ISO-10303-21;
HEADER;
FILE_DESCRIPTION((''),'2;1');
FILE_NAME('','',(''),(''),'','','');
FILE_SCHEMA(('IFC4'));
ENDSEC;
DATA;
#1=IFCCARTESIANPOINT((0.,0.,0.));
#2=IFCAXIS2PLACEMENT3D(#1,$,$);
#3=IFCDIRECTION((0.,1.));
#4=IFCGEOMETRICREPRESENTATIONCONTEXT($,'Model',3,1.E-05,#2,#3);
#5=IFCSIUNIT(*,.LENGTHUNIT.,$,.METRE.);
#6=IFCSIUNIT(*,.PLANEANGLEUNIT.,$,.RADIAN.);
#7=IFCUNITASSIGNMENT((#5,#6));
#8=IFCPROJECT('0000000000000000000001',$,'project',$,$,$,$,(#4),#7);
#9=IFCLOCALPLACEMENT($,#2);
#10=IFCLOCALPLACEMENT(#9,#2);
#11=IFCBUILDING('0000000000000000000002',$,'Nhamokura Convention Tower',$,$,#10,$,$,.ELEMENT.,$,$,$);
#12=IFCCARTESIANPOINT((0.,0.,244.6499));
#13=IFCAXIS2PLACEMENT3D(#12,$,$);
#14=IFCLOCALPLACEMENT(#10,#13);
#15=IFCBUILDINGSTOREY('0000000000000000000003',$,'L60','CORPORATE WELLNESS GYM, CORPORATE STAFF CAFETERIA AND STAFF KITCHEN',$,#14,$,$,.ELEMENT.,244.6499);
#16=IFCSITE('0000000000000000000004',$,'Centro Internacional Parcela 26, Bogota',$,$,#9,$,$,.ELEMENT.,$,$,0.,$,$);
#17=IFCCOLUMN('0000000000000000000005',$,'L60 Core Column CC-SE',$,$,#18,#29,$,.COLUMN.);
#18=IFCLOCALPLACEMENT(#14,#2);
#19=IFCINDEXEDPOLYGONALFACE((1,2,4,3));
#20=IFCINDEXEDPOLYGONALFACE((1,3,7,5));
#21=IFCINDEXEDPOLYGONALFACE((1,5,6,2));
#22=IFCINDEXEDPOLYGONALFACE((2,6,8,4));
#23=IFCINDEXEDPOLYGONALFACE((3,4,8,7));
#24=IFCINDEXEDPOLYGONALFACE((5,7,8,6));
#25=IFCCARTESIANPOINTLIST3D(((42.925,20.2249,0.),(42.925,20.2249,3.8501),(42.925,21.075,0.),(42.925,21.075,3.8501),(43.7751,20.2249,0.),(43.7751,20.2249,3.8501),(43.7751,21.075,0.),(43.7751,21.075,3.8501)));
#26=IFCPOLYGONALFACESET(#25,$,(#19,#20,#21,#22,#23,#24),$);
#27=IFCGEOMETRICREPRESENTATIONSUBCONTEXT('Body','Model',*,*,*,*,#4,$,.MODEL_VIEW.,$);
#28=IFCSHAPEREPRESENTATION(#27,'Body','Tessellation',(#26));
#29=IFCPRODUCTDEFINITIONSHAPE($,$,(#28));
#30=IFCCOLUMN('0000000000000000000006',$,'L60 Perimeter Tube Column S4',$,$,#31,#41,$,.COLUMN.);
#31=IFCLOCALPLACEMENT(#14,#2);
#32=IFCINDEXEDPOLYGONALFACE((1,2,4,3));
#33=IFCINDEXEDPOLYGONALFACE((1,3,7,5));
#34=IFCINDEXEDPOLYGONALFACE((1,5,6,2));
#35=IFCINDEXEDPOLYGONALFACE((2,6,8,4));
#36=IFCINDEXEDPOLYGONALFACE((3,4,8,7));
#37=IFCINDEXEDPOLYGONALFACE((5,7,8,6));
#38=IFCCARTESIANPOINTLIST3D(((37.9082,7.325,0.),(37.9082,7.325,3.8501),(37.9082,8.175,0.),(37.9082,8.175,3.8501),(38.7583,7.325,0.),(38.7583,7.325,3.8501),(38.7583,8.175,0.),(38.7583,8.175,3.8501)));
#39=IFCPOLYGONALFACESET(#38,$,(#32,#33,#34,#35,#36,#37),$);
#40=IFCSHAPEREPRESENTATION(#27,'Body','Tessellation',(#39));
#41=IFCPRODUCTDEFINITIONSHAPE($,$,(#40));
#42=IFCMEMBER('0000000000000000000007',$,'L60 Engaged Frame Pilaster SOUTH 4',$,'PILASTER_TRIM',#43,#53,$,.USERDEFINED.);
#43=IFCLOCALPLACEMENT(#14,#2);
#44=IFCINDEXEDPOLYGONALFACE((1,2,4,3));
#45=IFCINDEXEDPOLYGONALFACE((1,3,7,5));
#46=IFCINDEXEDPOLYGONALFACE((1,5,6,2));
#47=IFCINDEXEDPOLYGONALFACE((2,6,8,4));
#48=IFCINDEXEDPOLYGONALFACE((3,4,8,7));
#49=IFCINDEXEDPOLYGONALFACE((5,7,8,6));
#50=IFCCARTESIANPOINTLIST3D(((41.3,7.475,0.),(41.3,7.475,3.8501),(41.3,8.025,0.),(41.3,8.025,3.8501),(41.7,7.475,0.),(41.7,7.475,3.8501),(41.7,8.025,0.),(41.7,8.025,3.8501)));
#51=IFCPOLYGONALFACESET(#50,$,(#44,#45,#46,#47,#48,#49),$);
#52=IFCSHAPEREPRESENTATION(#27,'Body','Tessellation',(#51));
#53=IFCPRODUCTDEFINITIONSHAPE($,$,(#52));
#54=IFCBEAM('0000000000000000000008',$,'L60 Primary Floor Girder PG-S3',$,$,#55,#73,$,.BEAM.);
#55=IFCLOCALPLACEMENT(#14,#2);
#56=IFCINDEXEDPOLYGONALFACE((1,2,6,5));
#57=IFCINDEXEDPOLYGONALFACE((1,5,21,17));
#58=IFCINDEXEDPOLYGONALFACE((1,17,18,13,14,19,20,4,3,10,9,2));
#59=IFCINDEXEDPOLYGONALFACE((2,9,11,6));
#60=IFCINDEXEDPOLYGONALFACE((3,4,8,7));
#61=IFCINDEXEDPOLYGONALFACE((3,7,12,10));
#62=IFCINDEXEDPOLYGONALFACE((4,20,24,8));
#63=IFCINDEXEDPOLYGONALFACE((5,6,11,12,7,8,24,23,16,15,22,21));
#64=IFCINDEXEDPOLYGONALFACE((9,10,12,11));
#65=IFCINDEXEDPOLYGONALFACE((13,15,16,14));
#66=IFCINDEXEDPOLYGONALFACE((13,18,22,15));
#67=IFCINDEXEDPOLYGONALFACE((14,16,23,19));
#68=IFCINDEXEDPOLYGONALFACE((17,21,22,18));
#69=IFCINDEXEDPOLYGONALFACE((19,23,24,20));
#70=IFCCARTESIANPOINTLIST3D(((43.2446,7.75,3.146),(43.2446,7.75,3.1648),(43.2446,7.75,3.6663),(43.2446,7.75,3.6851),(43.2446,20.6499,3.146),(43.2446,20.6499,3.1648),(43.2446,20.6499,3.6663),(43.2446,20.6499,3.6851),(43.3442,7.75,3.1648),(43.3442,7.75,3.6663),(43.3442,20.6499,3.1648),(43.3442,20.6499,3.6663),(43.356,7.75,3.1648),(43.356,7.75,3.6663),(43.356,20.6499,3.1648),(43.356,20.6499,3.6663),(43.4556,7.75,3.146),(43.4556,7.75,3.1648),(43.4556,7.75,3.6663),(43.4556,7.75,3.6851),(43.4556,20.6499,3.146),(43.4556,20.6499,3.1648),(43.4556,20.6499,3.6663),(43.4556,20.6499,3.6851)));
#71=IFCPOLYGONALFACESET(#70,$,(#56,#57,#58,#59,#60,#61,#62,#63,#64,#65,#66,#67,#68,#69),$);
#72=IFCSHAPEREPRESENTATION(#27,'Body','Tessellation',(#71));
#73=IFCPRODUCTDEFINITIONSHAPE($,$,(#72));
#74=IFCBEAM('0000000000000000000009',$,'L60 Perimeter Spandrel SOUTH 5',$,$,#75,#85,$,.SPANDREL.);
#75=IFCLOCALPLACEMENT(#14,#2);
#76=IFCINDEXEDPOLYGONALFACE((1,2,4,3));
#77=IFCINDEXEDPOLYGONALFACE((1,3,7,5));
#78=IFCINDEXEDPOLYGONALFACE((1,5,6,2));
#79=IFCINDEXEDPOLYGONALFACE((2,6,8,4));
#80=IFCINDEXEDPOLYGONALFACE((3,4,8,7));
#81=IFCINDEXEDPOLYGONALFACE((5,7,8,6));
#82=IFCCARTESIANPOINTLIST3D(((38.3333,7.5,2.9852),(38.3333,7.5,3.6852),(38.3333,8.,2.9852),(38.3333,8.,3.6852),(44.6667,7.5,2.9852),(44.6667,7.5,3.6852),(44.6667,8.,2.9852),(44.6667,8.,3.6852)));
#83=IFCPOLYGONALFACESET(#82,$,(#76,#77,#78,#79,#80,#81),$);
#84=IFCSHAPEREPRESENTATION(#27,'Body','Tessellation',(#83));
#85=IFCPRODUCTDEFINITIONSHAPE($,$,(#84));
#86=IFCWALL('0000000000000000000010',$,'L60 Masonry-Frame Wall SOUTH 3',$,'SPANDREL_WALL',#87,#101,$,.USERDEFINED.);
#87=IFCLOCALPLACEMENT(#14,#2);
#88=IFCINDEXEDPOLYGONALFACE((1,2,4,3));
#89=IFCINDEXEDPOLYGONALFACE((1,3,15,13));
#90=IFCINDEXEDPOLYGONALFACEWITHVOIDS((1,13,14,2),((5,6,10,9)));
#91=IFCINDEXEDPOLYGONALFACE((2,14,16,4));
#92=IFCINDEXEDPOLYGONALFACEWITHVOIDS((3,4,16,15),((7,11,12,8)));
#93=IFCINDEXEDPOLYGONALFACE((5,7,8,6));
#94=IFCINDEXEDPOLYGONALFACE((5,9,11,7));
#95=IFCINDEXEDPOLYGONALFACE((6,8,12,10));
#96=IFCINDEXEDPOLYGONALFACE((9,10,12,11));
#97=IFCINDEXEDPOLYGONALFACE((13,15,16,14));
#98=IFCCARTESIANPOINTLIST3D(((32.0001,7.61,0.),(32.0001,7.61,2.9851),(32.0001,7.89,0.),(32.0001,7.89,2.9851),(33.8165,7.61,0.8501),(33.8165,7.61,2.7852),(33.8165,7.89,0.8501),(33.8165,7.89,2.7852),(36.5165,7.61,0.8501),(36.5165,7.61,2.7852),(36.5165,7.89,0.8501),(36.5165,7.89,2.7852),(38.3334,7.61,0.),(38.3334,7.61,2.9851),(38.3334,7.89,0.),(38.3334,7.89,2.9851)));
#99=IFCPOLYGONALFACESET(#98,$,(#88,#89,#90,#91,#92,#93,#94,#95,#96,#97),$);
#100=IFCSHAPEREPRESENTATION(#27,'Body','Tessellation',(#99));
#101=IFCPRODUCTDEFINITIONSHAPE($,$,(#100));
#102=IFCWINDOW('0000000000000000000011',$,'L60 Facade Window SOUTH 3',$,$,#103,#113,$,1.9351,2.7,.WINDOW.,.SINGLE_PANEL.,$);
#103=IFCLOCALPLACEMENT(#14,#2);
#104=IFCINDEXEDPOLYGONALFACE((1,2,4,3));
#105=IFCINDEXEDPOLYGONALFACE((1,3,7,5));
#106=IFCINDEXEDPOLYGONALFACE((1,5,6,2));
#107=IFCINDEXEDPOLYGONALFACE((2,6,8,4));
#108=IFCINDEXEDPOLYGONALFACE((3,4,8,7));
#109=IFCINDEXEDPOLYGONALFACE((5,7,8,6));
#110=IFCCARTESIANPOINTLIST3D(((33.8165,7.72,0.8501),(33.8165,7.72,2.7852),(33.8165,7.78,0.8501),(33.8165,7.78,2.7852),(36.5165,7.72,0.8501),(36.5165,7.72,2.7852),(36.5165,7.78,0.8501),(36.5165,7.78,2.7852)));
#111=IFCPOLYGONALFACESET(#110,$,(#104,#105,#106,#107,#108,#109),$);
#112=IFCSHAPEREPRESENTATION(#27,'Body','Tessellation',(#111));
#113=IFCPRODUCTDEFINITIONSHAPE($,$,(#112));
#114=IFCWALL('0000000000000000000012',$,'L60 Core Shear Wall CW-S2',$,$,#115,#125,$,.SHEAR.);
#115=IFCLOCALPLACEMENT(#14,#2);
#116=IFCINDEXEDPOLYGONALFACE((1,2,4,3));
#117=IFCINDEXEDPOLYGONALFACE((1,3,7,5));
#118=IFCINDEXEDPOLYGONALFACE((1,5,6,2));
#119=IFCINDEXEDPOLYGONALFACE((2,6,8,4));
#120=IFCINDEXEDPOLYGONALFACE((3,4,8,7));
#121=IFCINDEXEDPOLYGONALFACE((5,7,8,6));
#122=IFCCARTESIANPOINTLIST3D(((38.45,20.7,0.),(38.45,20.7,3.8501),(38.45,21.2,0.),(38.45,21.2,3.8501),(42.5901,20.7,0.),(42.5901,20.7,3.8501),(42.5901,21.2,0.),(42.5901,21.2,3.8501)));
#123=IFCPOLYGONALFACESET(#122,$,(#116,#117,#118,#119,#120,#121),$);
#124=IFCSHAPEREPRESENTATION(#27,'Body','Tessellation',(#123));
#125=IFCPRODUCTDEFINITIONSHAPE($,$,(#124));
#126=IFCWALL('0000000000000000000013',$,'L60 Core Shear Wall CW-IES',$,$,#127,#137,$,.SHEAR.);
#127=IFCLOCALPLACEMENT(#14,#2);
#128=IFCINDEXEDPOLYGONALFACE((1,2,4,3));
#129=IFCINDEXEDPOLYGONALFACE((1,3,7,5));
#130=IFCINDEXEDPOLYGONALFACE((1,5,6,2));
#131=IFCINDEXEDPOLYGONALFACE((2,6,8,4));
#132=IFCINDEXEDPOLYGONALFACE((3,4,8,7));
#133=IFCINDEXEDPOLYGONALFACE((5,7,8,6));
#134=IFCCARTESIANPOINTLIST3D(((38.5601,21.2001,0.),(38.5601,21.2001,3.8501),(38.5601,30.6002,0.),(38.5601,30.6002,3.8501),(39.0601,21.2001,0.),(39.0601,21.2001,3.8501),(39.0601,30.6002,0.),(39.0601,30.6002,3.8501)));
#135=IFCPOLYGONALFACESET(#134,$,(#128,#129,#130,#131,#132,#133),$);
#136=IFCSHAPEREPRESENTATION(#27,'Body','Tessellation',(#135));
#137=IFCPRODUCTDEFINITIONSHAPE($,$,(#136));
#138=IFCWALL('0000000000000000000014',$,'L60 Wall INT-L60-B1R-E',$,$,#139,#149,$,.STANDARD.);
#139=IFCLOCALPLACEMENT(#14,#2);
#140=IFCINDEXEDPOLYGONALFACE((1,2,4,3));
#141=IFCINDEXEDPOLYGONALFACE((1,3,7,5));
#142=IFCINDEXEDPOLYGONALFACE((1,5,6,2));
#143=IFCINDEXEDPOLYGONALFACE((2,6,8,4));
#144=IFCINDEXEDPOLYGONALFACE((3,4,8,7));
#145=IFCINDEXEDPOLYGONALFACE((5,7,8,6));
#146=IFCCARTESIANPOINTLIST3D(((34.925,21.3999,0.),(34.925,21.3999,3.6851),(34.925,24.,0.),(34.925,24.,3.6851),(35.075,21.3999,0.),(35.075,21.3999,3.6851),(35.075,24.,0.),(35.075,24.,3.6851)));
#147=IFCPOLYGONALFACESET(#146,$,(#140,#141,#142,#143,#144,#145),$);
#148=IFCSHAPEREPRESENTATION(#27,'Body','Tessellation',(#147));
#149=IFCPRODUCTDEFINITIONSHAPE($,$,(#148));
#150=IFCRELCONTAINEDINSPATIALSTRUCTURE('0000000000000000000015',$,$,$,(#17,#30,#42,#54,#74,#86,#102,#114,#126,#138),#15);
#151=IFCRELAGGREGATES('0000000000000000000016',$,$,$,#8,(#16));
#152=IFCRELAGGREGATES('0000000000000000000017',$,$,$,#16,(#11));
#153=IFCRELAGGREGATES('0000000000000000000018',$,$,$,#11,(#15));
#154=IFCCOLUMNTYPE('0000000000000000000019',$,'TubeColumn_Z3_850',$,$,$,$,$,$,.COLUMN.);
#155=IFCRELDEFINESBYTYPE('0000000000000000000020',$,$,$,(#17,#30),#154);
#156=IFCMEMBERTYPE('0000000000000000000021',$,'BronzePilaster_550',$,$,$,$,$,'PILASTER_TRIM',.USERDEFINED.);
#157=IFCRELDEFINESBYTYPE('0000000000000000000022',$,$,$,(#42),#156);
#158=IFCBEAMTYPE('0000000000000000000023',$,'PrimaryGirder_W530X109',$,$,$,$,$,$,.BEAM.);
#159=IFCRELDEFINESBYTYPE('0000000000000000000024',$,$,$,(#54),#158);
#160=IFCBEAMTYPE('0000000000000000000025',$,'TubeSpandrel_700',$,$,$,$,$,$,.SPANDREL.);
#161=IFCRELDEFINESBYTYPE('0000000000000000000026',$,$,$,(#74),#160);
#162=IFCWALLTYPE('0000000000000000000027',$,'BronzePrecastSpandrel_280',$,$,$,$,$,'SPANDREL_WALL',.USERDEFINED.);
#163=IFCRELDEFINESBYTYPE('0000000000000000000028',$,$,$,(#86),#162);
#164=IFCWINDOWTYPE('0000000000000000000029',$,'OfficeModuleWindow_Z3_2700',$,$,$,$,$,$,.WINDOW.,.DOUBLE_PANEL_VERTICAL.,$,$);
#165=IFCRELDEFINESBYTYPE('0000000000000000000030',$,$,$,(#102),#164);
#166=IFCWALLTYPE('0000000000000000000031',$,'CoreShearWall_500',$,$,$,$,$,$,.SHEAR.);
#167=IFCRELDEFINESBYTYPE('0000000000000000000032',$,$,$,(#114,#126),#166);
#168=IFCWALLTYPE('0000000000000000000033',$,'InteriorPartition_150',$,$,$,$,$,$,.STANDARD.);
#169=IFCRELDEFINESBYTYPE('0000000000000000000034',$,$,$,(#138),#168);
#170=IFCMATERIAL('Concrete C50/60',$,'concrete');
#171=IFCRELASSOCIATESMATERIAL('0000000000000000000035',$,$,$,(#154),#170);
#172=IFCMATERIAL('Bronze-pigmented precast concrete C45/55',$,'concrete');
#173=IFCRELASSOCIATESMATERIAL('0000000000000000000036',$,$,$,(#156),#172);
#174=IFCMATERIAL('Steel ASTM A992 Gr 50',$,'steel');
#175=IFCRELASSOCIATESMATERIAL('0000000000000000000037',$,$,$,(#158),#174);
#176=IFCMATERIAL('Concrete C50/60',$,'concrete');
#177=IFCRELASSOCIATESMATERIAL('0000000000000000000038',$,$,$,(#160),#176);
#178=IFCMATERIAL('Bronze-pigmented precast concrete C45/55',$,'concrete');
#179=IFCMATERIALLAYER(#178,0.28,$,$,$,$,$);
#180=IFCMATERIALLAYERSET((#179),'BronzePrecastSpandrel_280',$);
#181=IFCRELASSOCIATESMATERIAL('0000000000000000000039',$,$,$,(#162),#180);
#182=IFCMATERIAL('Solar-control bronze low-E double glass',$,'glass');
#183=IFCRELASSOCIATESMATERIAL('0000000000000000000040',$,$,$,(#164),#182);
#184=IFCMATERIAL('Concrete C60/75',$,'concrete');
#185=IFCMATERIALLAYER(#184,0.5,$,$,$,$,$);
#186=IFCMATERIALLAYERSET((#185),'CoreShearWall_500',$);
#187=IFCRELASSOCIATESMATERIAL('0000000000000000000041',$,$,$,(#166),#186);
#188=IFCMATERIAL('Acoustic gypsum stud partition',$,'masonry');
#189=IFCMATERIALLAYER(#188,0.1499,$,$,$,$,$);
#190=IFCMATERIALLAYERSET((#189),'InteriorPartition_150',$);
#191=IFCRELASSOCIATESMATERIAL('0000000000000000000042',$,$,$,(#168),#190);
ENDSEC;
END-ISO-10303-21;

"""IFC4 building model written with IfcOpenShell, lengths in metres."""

from ifc_helpers import new_model, si_unit, direction, frame, frame_2d, origin, origin_2d, place, context, subcontext, project, spatial, rectangle, i_section, extrude, material, layer, layer_set, material_profile, profile_set, type_object, element, fill, save


model = new_model("IFC4")

# Units and contexts
model_context = context("Model", 3, precision=1e-05, world=origin(), true_north=direction((0.0, 1.0)))
body_context = subcontext(model_context, "Body", "Model", "MODEL_VIEW")
ifc_project = project(units=[si_unit("LENGTHUNIT", "METRE"), si_unit("PLANEANGLEUNIT", "RADIAN")], contexts=[model_context])

# Site, building, storey
site_placement = place(None, origin())
site = spatial("IfcSite", under=ifc_project, at=site_placement, Name="Centro Internacional Parcela 26, Bogota", CompositionType="ELEMENT", RefElevation=0.0)
building_placement = place(site_placement, origin())
building = spatial("IfcBuilding", under=site, at=building_placement, Name="Nhamokura Convention Tower", CompositionType="ELEMENT")
storey_placement = place(building_placement, frame((0.0, 0.0, 244.6499)))
storey = spatial("IfcBuildingStorey", under=building, at=storey_placement, Name="L60", Description="CORPORATE WELLNESS GYM, CORPORATE STAFF CAFETERIA AND STAFF KITCHEN", CompositionType="ELEMENT", Elevation=244.6499)

# Columns
ifc_material_1 = material(Name="Concrete C50/60", Category="concrete")
ifc_material_profile_1 = material_profile(ifc_material_1, rectangle(XDim=0.8501, YDim=0.8501, at=origin_2d()))
ifc_profile_set_1 = profile_set([ifc_material_profile_1], Name="Concrete C50/60")
column_type = type_object("IfcColumnType", Name="TubeColumn_Z3_850", PredefinedType="COLUMN", material=ifc_profile_set_1)
for number, where, z_axis, x_axis, name in (
    (1, (43.3501, 20.6499, 0.0), (0.0, 0.0, 1.0), (1.0, 0.0, 0.0), "L60 Core Column CC-SE"),
    (2, (38.3333, 7.75, 0.0), (0.0, 0.0, 1.0), (1.0, 0.0, 0.0), "L60 Perimeter Tube Column S4"),
):
    element("IfcColumn", number, at=place(storey_placement, frame(where, z_axis=z_axis, x_axis=x_axis)), inside=storey, type_object=column_type, Name=name, PredefinedType="COLUMN", context=body_context, shape_type="SweptSolid", body=[
        extrude(rectangle(XDim=0.8501, YDim=0.8501, at=origin_2d()), origin(), (0.0, 0.0, 1.0), 3.8501),
    ])

# Member
ifc_material_2 = material(Name="Bronze-pigmented precast concrete C45/55", Category="concrete")
ifc_material_profile_2 = material_profile(ifc_material_2, rectangle(XDim=0.3999, YDim=0.55, at=origin_2d()))
ifc_profile_set_2 = profile_set([ifc_material_profile_2], Name="Bronze-pigmented precast concrete C45/55")
member_type = type_object("IfcMemberType", Name="BronzePilaster_550", ElementType="PILASTER_TRIM", PredefinedType="USERDEFINED", material=ifc_profile_set_2)
member_placement = place(storey_placement, frame((41.5, 7.75, 0.0), z_axis=(0.0, 0.0, 1.0), x_axis=(1.0, 0.0, 0.0)))
element("IfcMember", 3, at=member_placement, inside=storey, type_object=member_type, Name="L60 Engaged Frame Pilaster SOUTH 4", ObjectType="PILASTER_TRIM", PredefinedType="USERDEFINED", context=body_context, shape_type="SweptSolid", body=[
    extrude(rectangle(XDim=0.3999, YDim=0.55, at=origin_2d()), origin(), (0.0, 0.0, 1.0), 3.8501),
])

# Beams
ifc_material_3 = material(Name="Steel ASTM A992 Gr 50", Category="steel")
ifc_material_profile_3 = material_profile(ifc_material_3, i_section(OverallWidth=0.2109, OverallDepth=0.5391, WebThickness=0.0117, FlangeThickness=0.0188, at=origin_2d()))
ifc_profile_set_3 = profile_set([ifc_material_profile_3], Name="Steel ASTM A992 Gr 50")
beam_type_1 = type_object("IfcBeamType", Name="PrimaryGirder_W530X109", PredefinedType="BEAM", material=ifc_profile_set_3)
beam_1_placement = place(storey_placement, frame((43.3501, 7.75, 3.4155), z_axis=(0.0, 1.0, 0.0), x_axis=(-1.0, 0.0, 0.0)))
element("IfcBeam", 4, at=beam_1_placement, inside=storey, type_object=beam_type_1, Name="L60 Primary Floor Girder PG-S3", PredefinedType="BEAM", context=body_context, shape_type="SweptSolid", body=[
    extrude(i_section(OverallWidth=0.2109, OverallDepth=0.5391, WebThickness=0.0117, FlangeThickness=0.0188, at=origin_2d()), origin(), (0.0, 0.0, 1.0), 12.8999),
])
ifc_material_4 = material(Name="Concrete C50/60", Category="concrete")
ifc_material_profile_4 = material_profile(ifc_material_4, rectangle(XDim=0.5, YDim=0.7, at=origin_2d()))
ifc_profile_set_4 = profile_set([ifc_material_profile_4], Name="Concrete C50/60")
beam_type_2 = type_object("IfcBeamType", Name="TubeSpandrel_700", PredefinedType="SPANDREL", material=ifc_profile_set_4)
beam_2_placement = place(storey_placement, frame((38.3333, 7.75, 3.3352), z_axis=(1.0, 0.0, 0.0), x_axis=(0.0, 1.0, 0.0)))
element("IfcBeam", 5, at=beam_2_placement, inside=storey, type_object=beam_type_2, Name="L60 Perimeter Spandrel SOUTH 5", PredefinedType="SPANDREL", context=body_context, shape_type="SweptSolid", body=[
    extrude(rectangle(XDim=0.5, YDim=0.7, at=origin_2d()), origin(), (0.0, 0.0, 1.0), 6.3335),
])

# Wall, opening, window
ifc_material_5 = material(Name="Bronze-pigmented precast concrete C45/55", Category="concrete")
ifc_layer_1 = layer(ifc_material_5, 0.28)
ifc_layer_set_1 = layer_set([ifc_layer_1], Name="BronzePrecastSpandrel_280")
wall_type_1 = type_object("IfcWallType", Name="BronzePrecastSpandrel_280", ElementType="SPANDREL_WALL", PredefinedType="USERDEFINED", material=ifc_layer_set_1)
wall_1_placement = place(storey_placement, frame((38.3333, 7.75, 0.0), z_axis=(0.0, 0.0, 1.0), x_axis=(-1.0, 0.0, 0.0)))
wall_1 = element("IfcWall", 6, at=wall_1_placement, inside=storey, type_object=wall_type_1, Name="L60 Masonry-Frame Wall SOUTH 3", ObjectType="SPANDREL_WALL", PredefinedType="USERDEFINED", context=body_context, shape_type="SweptSolid", body=[
    extrude(rectangle(XDim=6.3333, YDim=0.28, at=frame_2d((3.1665, 0.0))), origin(), (0.0, 0.0, 1.0), 2.9851),
])
opening_1_placement = place(wall_1_placement, frame((1.8167, 0.0, 0.8501)))
opening_1 = element("IfcOpeningElement", 7, at=opening_1_placement, cuts=wall_1, PredefinedType="OPENING", context=body_context, shape_type="SweptSolid", body=[
    extrude(rectangle(XDim=2.7, YDim=1.9351, at=frame_2d((1.3501, 0.9675))), frame((0.0, 0.1499, 0.0), z_axis=(0.0, -1.0, 0.0), x_axis=(1.0, 0.0, 0.0)), (0.0, 0.0, 1.0), 0.3),
])
ifc_material_6 = material(Name="Solar-control bronze low-E double glass", Category="glass")
window_type = type_object("IfcWindowType", Name="OfficeModuleWindow_Z3_2700", PartitioningType="DOUBLE_PANEL_VERTICAL", PredefinedType="WINDOW", material=ifc_material_6)
window_placement = place(opening_1_placement, origin())
window = element("IfcWindow", 8, at=window_placement, inside=storey, type_object=window_type, Name="L60 Facade Window SOUTH 3", OverallHeight=1.9351, OverallWidth=2.7, PartitioningType="SINGLE_PANEL", PredefinedType="WINDOW", context=body_context, shape_type="SweptSolid", body=[
    extrude(rectangle(XDim=2.7, YDim=1.9351, at=frame_2d((1.3501, 0.9675))), frame((0.0, 0.03, 0.0), z_axis=(0.0, -1.0, 0.0), x_axis=(1.0, 0.0, 0.0)), (0.0, 0.0, 1.0), 0.0601),
])
fill(opening_1, window)

# Shared definitions
ifc_material_7 = material(Name="Concrete C60/75", Category="concrete")
ifc_layer_2 = layer(ifc_material_7, 0.5)
ifc_layer_set_2 = layer_set([ifc_layer_2], Name="CoreShearWall_500")
wall_type_2 = type_object("IfcWallType", Name="CoreShearWall_500", PredefinedType="SHEAR", material=ifc_layer_set_2)

# Walls
wall_2_placement = place(storey_placement, frame((38.45, 20.95, 0.0), z_axis=(0.0, 0.0, 1.0), x_axis=(1.0, 0.0, 0.0)))
element("IfcWall", 9, at=wall_2_placement, inside=storey, type_object=wall_type_2, Name="L60 Core Shear Wall CW-S2", PredefinedType="SHEAR", context=body_context, shape_type="SweptSolid", body=[
    extrude(rectangle(XDim=4.1401, YDim=0.5, at=frame_2d((2.0701, 0.0))), origin(), (0.0, 0.0, 1.0), 3.8501),
])
wall_3_placement = place(storey_placement, frame((38.8101, 21.2, 0.0), z_axis=(0.0, 0.0, 1.0), x_axis=(0.0, 1.0, 0.0)))
element("IfcWall", 10, at=wall_3_placement, inside=storey, type_object=wall_type_2, Name="L60 Core Shear Wall CW-IES", PredefinedType="SHEAR", context=body_context, shape_type="SweptSolid", body=[
    extrude(rectangle(XDim=9.4001, YDim=0.5, at=frame_2d((4.7002, 0.0))), origin(), (0.0, 0.0, 1.0), 3.8501),
])

# Wall
ifc_material_8 = material(Name="Acoustic gypsum stud partition", Category="masonry")
ifc_layer_3 = layer(ifc_material_8, 0.1499)
ifc_layer_set_3 = layer_set([ifc_layer_3], Name="InteriorPartition_150")
wall_type_3 = type_object("IfcWallType", Name="InteriorPartition_150", PredefinedType="STANDARD", material=ifc_layer_set_3)
wall_4_placement = place(storey_placement, frame((35.0, 21.3999, 0.0), z_axis=(0.0, 0.0, 1.0), x_axis=(0.0, 1.0, 0.0)))
element("IfcWall", 11, at=wall_4_placement, inside=storey, type_object=wall_type_3, Name="L60 Wall INT-L60-B1R-E", PredefinedType="STANDARD", context=body_context, shape_type="SweptSolid", body=[
    extrude(rectangle(XDim=2.6001, YDim=0.1499, at=frame_2d((1.3, 0.0))), origin(), (0.0, 0.0, 1.0), 3.6851),
])

save(model, "model.ifc")
